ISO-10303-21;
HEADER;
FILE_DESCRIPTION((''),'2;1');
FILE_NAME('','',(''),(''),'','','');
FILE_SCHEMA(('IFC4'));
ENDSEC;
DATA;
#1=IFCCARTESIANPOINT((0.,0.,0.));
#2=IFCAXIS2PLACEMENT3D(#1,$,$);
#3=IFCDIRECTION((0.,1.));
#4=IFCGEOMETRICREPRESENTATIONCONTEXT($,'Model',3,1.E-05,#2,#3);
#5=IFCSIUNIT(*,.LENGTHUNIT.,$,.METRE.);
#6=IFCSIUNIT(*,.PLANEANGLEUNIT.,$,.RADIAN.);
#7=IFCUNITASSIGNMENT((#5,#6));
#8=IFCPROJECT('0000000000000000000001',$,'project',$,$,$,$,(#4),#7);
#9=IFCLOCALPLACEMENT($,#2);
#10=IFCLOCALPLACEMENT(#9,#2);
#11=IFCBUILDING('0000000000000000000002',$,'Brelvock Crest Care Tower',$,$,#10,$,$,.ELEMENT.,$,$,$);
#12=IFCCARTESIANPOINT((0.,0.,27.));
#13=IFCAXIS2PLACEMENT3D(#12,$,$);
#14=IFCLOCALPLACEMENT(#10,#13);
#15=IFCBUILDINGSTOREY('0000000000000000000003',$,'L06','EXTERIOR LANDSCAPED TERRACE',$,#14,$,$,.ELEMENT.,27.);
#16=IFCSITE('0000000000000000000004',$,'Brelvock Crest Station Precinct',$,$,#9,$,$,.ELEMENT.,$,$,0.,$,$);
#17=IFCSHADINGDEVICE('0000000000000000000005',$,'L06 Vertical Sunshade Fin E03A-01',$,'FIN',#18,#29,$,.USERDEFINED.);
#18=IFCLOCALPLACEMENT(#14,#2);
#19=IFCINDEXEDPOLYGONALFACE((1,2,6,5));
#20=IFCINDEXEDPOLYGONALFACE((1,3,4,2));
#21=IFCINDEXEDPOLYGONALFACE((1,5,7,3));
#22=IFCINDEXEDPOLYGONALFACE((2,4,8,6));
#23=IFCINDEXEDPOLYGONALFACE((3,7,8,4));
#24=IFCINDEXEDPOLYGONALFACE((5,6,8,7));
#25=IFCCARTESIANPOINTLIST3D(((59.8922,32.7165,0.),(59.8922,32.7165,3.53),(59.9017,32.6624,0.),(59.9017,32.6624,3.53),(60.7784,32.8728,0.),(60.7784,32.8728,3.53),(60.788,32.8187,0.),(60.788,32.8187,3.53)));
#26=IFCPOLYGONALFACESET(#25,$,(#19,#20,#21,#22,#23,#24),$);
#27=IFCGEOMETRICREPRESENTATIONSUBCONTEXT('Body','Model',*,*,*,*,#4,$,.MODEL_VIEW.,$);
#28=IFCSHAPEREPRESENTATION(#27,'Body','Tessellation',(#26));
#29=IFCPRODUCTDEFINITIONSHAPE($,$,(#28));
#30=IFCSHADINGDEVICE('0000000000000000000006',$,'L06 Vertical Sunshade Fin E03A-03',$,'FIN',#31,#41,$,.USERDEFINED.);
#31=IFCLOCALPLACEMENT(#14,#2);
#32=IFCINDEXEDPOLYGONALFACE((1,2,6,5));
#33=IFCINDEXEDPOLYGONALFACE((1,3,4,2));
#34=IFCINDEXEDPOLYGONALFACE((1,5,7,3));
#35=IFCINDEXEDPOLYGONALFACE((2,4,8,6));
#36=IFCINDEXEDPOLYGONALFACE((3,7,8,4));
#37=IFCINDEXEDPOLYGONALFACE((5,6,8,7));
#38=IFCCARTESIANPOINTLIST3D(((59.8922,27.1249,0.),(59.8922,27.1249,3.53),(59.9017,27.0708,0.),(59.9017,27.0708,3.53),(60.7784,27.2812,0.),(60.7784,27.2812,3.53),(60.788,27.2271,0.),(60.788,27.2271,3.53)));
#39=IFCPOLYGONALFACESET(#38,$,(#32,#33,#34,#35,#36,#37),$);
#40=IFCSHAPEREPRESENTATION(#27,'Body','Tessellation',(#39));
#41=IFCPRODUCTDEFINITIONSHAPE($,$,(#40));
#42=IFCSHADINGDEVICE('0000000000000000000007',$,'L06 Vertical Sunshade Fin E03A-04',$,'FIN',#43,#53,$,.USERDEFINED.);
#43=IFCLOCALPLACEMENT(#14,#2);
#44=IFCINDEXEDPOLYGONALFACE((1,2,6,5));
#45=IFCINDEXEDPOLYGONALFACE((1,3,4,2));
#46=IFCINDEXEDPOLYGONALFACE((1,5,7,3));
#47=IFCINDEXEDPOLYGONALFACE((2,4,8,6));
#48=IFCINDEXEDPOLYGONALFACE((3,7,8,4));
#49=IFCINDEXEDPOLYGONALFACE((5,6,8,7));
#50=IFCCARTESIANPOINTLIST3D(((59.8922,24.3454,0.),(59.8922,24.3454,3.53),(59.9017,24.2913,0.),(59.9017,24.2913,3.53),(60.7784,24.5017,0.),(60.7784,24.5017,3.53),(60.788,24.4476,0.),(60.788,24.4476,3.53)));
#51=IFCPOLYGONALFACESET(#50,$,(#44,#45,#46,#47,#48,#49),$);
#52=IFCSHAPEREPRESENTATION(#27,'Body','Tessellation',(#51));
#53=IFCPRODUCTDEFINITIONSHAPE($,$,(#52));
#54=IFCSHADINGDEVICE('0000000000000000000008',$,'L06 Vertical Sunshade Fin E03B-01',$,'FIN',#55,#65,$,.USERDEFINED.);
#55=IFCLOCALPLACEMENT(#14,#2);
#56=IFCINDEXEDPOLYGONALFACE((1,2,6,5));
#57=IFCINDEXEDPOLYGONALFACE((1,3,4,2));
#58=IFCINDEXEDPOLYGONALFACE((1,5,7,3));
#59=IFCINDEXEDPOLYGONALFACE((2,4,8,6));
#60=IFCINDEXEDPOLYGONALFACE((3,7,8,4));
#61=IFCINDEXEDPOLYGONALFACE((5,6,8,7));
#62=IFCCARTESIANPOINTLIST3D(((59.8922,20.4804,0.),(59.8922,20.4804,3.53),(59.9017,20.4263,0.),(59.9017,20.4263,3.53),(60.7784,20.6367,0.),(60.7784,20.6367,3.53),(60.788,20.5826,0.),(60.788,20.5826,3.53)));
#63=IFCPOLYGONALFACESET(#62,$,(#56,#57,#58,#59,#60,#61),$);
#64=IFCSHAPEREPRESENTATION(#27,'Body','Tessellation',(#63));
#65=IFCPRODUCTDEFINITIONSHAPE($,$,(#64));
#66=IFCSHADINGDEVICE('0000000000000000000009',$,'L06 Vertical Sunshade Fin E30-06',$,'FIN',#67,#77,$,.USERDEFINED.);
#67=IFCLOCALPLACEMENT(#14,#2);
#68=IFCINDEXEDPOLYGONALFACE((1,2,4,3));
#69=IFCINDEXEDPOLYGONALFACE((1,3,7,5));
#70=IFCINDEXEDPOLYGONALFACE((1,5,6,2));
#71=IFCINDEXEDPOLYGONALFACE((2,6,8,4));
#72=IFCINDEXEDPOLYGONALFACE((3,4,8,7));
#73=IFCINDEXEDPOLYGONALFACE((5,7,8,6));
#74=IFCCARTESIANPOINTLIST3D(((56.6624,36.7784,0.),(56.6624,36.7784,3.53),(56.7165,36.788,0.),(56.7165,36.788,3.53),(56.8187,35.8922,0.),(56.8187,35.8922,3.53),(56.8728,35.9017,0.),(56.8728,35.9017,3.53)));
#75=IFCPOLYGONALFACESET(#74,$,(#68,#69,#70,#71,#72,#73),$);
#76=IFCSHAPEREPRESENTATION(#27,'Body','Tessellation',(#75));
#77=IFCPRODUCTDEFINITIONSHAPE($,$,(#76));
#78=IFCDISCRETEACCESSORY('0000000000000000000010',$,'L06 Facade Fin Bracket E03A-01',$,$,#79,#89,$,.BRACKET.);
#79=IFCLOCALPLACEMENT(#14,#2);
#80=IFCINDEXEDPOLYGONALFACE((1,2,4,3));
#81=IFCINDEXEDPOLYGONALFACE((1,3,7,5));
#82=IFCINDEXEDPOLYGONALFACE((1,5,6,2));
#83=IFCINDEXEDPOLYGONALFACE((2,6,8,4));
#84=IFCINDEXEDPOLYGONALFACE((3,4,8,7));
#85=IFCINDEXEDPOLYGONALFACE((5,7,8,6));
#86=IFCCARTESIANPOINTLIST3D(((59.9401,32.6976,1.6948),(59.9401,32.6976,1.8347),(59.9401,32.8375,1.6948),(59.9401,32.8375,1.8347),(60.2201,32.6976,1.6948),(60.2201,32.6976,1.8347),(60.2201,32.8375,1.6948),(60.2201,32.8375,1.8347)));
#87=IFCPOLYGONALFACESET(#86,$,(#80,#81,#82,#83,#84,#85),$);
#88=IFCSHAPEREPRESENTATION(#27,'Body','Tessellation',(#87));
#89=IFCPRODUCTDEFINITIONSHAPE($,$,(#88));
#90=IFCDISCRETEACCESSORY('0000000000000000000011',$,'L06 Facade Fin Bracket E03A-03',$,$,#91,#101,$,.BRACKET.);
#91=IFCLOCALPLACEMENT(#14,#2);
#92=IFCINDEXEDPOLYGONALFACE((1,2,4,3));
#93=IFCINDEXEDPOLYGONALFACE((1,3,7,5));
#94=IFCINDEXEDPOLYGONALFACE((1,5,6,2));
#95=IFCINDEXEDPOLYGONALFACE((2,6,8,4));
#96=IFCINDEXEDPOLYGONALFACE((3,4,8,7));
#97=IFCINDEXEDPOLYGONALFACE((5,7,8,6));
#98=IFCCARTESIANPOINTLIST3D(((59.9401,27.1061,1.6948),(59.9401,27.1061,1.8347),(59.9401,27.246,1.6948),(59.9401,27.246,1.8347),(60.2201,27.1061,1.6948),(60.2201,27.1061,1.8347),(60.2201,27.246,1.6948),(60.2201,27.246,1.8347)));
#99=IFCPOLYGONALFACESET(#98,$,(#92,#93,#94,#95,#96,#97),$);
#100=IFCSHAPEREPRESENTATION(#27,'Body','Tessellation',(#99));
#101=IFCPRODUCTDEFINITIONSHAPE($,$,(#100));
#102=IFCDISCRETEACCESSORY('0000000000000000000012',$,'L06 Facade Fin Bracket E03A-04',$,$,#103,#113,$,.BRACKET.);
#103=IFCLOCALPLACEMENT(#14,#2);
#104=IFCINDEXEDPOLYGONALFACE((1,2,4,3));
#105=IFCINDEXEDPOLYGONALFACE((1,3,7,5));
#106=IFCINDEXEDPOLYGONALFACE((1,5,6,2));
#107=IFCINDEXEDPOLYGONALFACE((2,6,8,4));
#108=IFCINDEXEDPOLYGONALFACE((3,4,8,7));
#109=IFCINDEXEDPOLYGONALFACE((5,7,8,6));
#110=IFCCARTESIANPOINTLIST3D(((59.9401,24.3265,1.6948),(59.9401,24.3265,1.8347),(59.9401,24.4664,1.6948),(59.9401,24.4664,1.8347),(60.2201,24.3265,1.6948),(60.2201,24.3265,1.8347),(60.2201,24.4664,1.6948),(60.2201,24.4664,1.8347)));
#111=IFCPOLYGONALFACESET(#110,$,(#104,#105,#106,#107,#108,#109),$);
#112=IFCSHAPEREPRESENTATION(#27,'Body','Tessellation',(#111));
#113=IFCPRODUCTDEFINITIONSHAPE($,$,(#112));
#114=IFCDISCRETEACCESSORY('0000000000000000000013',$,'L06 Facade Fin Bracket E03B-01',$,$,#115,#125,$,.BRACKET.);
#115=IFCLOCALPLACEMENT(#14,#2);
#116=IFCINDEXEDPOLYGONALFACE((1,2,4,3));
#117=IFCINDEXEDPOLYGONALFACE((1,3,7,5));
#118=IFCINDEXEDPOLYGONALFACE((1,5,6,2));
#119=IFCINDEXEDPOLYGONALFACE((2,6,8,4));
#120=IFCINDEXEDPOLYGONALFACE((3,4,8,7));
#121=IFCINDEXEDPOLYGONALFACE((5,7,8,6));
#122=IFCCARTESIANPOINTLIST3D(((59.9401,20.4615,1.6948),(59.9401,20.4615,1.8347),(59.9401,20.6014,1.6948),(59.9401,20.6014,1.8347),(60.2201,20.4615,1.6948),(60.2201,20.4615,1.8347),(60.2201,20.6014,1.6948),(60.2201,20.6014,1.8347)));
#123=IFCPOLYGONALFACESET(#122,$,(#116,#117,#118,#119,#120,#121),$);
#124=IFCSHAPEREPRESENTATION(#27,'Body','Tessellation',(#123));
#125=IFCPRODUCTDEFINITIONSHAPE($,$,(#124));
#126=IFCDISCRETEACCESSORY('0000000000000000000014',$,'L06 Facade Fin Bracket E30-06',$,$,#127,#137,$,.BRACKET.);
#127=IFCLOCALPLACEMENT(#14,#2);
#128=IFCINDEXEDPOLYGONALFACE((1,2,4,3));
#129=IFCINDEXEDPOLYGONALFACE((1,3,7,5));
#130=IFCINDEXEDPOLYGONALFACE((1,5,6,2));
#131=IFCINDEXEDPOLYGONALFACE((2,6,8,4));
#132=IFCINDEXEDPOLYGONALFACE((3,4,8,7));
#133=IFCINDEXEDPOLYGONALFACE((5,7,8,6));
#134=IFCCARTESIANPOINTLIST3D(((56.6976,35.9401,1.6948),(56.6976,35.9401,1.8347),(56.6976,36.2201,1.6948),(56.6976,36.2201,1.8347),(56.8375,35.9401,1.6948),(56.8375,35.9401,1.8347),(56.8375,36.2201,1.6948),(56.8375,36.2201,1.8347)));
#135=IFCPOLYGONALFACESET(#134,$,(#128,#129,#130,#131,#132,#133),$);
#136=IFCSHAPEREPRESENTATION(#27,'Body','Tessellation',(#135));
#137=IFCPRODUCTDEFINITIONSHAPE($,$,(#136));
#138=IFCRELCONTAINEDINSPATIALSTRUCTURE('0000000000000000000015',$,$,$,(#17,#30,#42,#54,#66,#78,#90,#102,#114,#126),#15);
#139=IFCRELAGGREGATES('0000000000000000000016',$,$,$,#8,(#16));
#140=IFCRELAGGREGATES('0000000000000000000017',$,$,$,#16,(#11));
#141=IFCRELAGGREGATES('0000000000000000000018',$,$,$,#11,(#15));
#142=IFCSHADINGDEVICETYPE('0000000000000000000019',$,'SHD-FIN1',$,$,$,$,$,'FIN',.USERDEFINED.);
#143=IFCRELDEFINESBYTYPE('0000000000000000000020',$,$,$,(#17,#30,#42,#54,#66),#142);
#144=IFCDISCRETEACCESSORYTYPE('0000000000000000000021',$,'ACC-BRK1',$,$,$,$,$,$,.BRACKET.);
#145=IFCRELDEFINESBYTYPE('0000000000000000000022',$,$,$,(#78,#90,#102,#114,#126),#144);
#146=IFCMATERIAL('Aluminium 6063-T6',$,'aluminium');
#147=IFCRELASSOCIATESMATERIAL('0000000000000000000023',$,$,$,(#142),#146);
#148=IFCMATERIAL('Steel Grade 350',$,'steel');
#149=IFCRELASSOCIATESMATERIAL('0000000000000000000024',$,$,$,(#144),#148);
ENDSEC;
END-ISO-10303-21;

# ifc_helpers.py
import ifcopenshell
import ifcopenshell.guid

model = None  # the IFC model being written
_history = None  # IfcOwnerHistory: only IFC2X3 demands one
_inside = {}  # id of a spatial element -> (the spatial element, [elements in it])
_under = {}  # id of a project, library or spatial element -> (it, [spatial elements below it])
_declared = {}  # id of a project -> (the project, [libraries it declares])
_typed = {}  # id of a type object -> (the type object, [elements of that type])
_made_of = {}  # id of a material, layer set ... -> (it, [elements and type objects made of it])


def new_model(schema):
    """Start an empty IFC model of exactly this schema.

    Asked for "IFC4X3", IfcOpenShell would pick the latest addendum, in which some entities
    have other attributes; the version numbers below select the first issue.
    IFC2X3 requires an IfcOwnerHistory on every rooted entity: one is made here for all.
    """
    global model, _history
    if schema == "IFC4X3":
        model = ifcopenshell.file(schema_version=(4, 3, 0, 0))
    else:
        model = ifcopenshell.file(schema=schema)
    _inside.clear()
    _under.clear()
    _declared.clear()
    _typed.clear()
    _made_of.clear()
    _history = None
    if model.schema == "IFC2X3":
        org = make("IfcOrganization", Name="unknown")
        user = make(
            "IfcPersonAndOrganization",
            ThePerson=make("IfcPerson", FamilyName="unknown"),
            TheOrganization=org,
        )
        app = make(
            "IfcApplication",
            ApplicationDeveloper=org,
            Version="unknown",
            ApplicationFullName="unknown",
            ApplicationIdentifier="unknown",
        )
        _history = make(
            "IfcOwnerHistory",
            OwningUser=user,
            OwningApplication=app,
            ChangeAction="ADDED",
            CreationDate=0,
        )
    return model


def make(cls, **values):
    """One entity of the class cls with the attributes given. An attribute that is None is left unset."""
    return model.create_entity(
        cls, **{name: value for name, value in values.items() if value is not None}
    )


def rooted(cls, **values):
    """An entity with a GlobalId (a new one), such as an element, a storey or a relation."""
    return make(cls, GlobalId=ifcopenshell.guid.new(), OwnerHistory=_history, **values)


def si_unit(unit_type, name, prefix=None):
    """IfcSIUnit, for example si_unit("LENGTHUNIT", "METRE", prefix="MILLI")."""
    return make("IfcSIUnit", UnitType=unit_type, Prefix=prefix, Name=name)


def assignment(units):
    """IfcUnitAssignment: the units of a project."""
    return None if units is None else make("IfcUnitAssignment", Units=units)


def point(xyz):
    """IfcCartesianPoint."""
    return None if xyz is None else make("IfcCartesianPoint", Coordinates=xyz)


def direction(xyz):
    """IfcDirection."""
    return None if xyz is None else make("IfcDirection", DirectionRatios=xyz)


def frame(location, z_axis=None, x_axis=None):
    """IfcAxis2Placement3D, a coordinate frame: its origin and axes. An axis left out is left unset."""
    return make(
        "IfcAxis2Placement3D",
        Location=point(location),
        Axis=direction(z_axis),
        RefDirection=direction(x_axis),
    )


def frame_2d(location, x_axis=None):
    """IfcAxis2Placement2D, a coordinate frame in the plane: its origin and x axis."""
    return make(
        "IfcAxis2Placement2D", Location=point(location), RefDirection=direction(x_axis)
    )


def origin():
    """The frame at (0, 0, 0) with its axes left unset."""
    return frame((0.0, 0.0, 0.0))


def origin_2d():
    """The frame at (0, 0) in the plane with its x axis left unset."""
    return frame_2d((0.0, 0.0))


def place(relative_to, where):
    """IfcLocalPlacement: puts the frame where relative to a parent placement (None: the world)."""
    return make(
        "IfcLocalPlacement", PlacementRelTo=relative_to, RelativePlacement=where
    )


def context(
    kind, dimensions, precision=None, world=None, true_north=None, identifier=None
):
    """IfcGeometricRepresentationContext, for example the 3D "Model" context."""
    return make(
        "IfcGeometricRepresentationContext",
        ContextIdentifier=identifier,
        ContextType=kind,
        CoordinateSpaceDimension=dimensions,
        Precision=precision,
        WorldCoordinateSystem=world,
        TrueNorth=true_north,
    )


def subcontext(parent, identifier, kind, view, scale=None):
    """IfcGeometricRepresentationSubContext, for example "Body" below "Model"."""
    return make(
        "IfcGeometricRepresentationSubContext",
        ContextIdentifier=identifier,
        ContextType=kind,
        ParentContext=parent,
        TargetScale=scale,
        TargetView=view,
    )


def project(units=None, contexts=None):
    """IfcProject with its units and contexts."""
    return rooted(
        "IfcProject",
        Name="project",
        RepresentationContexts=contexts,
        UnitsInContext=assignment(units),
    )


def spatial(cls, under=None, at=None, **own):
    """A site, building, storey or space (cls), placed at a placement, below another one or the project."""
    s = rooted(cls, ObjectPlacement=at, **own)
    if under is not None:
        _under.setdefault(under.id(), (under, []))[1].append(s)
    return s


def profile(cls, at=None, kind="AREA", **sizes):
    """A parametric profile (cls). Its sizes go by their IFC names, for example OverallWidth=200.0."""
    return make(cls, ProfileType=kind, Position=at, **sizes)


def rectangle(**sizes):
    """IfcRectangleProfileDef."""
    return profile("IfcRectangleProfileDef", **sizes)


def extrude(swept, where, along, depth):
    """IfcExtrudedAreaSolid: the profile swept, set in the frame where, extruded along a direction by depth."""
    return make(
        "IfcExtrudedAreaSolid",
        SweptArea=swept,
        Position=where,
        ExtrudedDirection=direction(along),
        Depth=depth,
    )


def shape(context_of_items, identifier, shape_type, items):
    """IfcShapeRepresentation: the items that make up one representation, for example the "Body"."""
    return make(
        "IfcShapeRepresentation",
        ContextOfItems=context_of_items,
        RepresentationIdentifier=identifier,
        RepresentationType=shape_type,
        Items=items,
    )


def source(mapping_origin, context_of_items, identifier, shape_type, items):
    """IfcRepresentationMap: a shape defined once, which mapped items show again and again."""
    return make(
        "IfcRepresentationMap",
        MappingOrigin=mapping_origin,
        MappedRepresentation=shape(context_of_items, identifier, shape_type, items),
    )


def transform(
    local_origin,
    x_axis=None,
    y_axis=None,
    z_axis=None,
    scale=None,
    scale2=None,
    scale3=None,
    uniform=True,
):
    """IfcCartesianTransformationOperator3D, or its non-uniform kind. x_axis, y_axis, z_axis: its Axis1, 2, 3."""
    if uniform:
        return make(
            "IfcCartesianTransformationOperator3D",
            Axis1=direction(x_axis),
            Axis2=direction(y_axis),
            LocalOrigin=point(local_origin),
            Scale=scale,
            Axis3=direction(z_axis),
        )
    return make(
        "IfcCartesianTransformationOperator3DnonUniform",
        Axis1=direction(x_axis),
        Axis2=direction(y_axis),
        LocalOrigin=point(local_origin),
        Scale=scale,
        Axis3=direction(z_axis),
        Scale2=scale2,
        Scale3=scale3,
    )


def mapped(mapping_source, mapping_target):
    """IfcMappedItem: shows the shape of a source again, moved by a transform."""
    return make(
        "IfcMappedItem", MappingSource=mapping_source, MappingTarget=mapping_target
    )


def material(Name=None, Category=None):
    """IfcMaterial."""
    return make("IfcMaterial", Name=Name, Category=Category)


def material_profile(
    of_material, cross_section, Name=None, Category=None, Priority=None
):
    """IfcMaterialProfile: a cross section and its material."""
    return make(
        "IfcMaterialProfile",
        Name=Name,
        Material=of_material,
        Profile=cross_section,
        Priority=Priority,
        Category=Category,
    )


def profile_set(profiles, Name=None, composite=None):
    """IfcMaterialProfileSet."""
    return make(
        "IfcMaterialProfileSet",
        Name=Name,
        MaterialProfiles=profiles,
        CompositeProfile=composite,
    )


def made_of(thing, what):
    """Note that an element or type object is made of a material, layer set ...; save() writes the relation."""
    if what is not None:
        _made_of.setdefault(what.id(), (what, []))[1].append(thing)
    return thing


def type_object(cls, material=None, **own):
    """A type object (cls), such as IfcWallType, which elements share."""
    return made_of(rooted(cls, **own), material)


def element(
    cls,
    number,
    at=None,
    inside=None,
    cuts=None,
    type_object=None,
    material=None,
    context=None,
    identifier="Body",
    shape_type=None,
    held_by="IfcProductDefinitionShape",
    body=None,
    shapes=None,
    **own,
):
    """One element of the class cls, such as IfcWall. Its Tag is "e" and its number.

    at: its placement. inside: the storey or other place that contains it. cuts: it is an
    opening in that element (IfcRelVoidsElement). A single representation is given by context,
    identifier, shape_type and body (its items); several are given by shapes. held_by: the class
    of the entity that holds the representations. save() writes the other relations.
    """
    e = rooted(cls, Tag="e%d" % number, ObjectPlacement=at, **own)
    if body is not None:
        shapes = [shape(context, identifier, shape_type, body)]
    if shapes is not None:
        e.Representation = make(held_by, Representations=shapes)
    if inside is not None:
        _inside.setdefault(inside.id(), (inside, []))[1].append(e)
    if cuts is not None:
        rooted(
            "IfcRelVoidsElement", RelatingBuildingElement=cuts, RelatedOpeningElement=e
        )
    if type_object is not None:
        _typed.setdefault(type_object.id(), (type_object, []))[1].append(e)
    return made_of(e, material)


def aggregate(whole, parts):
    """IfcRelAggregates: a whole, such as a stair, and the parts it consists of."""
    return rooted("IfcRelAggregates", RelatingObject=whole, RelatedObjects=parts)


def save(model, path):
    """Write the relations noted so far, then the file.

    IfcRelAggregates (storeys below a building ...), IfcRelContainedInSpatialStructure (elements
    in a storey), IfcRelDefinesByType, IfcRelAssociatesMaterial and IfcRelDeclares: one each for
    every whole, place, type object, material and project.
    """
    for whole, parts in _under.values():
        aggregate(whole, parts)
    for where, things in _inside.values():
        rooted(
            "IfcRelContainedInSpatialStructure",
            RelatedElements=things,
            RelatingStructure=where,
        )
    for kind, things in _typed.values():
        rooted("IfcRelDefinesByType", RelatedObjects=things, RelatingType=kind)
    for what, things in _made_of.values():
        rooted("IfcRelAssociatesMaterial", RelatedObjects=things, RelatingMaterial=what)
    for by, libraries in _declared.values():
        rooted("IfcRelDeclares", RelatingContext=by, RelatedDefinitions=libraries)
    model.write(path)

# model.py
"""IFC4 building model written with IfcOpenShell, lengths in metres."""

from ifc_helpers import new_model, si_unit, direction, frame, origin, origin_2d, place, context, subcontext, project, spatial, rectangle, extrude, source, transform, mapped, material, material_profile, profile_set, type_object, element, save


model = new_model("IFC4")

# Units and contexts
model_context = context("Model", 3, precision=1e-05, world=origin(), true_north=direction((0.0, 1.0)))
body_context = subcontext(model_context, "Body", "Model", "MODEL_VIEW")
ifc_project = project(units=[si_unit("LENGTHUNIT", "METRE"), si_unit("PLANEANGLEUNIT", "RADIAN")], contexts=[model_context])

# Site, building, storey
site_placement = place(None, origin())
site = spatial("IfcSite", under=ifc_project, at=site_placement, Name="Brelvock Crest Station Precinct", CompositionType="ELEMENT", RefElevation=0.0)
building_placement = place(site_placement, origin())
building = spatial("IfcBuilding", under=site, at=building_placement, Name="Brelvock Crest Care Tower", CompositionType="ELEMENT")
storey_placement = place(building_placement, frame((0.0, 0.0, 27.0)))
storey = spatial("IfcBuildingStorey", under=building, at=storey_placement, Name="L06", Description="EXTERIOR LANDSCAPED TERRACE", CompositionType="ELEMENT", Elevation=27.0)

# Shared definitions
ifc_material_1 = material(Name="Steel Grade 350", Category="steel")

# Shared definitions
ifc_material_2 = material(Name="Aluminium 6063-T6", Category="aluminium")

# Shading devices
ifc_material_profile_1 = material_profile(ifc_material_2, rectangle(XDim=0.0549, YDim=0.8999, at=origin_2d()), Name="FIN55x900")
ifc_profile_set_1 = profile_set([ifc_material_profile_1], Name="Aluminium 6063-T6")
shading_device_type = type_object("IfcShadingDeviceType", Name="SHD-FIN1", ElementType="FIN", PredefinedType="USERDEFINED", material=ifc_profile_set_1)
shared_shape_1 = source(origin(), body_context, "Body", "SweptSolid", [
    extrude(rectangle(XDim=0.0549, YDim=0.8999, at=origin_2d()), origin(), (0.0, 0.0, 1.0), 3.53),
])
for number, where, z_axis, x_axis, name in (
    (1, (60.3401, 32.7676, 0.0), (0.0, 0.0, 1.0), (0.173648, -0.984808, 0.0), "L06 Vertical Sunshade Fin E03A-01"),
    (2, (60.3401, 27.176, 0.0), (0.0, 0.0, 1.0), (0.173648, -0.984808, 0.0), "L06 Vertical Sunshade Fin E03A-03"),
    (3, (60.3401, 24.3965, 0.0), (0.0, 0.0, 1.0), (0.173648, -0.984808, 0.0), "L06 Vertical Sunshade Fin E03A-04"),
    (4, (60.3401, 20.5315, 0.0), (0.0, 0.0, 1.0), (0.173648, -0.984808, 0.0), "L06 Vertical Sunshade Fin E03B-01"),
    (5, (56.7676, 36.3401, 0.0), (0.0, 0.0, 1.0), (0.984808, 0.173648, 0.0), "L06 Vertical Sunshade Fin E30-06"),
):
    element("IfcShadingDevice", number, at=place(storey_placement, frame(where, z_axis=z_axis, x_axis=x_axis)), inside=storey, type_object=shading_device_type, Name=name, ObjectType="FIN", PredefinedType="USERDEFINED", context=body_context, shape_type="MappedRepresentation", body=[
        mapped(shared_shape_1, transform((0.0, 0.0, 0.0), x_axis=(1.0, 0.0, 0.0), y_axis=(0.0, 1.0, 0.0), z_axis=(0.0, 0.0, 1.0), scale=1.0)),
    ])

# Discrete accessories
discrete_accessory_type = type_object("IfcDiscreteAccessoryType", Name="ACC-BRK1", PredefinedType="BRACKET", material=ifc_material_1)
shared_shape_2 = source(origin(), body_context, "Body", "SweptSolid", [
    extrude(rectangle(XDim=0.28, YDim=0.1399, at=origin_2d()), origin(), (0.0, 0.0, 1.0), 0.1399),
])
for number, where, z_axis, x_axis, name in (
    (6, (60.0801, 32.7676, 1.6948), (0.0, 0.0, 1.0), (1.0, 0.0, 0.0), "L06 Facade Fin Bracket E03A-01"),
    (7, (60.0801, 27.176, 1.6948), (0.0, 0.0, 1.0), (1.0, 0.0, 0.0), "L06 Facade Fin Bracket E03A-03"),
    (8, (60.0801, 24.3965, 1.6948), (0.0, 0.0, 1.0), (1.0, 0.0, 0.0), "L06 Facade Fin Bracket E03A-04"),
    (9, (60.0801, 20.5315, 1.6948), (0.0, 0.0, 1.0), (1.0, 0.0, 0.0), "L06 Facade Fin Bracket E03B-01"),
    (10, (56.7676, 36.0801, 1.6948), (0.0, 0.0, 1.0), (0.0, 1.0, 0.0), "L06 Facade Fin Bracket E30-06"),
):
    element("IfcDiscreteAccessory", number, at=place(storey_placement, frame(where, z_axis=z_axis, x_axis=x_axis)), inside=storey, type_object=discrete_accessory_type, Name=name, PredefinedType="BRACKET", context=body_context, shape_type="MappedRepresentation", body=[
        mapped(shared_shape_2, transform((0.0, 0.0, 0.0), x_axis=(1.0, 0.0, 0.0), y_axis=(0.0, 1.0, 0.0), z_axis=(0.0, 0.0, 1.0), scale=1.0)),
    ])

save(model, "model.ifc")
